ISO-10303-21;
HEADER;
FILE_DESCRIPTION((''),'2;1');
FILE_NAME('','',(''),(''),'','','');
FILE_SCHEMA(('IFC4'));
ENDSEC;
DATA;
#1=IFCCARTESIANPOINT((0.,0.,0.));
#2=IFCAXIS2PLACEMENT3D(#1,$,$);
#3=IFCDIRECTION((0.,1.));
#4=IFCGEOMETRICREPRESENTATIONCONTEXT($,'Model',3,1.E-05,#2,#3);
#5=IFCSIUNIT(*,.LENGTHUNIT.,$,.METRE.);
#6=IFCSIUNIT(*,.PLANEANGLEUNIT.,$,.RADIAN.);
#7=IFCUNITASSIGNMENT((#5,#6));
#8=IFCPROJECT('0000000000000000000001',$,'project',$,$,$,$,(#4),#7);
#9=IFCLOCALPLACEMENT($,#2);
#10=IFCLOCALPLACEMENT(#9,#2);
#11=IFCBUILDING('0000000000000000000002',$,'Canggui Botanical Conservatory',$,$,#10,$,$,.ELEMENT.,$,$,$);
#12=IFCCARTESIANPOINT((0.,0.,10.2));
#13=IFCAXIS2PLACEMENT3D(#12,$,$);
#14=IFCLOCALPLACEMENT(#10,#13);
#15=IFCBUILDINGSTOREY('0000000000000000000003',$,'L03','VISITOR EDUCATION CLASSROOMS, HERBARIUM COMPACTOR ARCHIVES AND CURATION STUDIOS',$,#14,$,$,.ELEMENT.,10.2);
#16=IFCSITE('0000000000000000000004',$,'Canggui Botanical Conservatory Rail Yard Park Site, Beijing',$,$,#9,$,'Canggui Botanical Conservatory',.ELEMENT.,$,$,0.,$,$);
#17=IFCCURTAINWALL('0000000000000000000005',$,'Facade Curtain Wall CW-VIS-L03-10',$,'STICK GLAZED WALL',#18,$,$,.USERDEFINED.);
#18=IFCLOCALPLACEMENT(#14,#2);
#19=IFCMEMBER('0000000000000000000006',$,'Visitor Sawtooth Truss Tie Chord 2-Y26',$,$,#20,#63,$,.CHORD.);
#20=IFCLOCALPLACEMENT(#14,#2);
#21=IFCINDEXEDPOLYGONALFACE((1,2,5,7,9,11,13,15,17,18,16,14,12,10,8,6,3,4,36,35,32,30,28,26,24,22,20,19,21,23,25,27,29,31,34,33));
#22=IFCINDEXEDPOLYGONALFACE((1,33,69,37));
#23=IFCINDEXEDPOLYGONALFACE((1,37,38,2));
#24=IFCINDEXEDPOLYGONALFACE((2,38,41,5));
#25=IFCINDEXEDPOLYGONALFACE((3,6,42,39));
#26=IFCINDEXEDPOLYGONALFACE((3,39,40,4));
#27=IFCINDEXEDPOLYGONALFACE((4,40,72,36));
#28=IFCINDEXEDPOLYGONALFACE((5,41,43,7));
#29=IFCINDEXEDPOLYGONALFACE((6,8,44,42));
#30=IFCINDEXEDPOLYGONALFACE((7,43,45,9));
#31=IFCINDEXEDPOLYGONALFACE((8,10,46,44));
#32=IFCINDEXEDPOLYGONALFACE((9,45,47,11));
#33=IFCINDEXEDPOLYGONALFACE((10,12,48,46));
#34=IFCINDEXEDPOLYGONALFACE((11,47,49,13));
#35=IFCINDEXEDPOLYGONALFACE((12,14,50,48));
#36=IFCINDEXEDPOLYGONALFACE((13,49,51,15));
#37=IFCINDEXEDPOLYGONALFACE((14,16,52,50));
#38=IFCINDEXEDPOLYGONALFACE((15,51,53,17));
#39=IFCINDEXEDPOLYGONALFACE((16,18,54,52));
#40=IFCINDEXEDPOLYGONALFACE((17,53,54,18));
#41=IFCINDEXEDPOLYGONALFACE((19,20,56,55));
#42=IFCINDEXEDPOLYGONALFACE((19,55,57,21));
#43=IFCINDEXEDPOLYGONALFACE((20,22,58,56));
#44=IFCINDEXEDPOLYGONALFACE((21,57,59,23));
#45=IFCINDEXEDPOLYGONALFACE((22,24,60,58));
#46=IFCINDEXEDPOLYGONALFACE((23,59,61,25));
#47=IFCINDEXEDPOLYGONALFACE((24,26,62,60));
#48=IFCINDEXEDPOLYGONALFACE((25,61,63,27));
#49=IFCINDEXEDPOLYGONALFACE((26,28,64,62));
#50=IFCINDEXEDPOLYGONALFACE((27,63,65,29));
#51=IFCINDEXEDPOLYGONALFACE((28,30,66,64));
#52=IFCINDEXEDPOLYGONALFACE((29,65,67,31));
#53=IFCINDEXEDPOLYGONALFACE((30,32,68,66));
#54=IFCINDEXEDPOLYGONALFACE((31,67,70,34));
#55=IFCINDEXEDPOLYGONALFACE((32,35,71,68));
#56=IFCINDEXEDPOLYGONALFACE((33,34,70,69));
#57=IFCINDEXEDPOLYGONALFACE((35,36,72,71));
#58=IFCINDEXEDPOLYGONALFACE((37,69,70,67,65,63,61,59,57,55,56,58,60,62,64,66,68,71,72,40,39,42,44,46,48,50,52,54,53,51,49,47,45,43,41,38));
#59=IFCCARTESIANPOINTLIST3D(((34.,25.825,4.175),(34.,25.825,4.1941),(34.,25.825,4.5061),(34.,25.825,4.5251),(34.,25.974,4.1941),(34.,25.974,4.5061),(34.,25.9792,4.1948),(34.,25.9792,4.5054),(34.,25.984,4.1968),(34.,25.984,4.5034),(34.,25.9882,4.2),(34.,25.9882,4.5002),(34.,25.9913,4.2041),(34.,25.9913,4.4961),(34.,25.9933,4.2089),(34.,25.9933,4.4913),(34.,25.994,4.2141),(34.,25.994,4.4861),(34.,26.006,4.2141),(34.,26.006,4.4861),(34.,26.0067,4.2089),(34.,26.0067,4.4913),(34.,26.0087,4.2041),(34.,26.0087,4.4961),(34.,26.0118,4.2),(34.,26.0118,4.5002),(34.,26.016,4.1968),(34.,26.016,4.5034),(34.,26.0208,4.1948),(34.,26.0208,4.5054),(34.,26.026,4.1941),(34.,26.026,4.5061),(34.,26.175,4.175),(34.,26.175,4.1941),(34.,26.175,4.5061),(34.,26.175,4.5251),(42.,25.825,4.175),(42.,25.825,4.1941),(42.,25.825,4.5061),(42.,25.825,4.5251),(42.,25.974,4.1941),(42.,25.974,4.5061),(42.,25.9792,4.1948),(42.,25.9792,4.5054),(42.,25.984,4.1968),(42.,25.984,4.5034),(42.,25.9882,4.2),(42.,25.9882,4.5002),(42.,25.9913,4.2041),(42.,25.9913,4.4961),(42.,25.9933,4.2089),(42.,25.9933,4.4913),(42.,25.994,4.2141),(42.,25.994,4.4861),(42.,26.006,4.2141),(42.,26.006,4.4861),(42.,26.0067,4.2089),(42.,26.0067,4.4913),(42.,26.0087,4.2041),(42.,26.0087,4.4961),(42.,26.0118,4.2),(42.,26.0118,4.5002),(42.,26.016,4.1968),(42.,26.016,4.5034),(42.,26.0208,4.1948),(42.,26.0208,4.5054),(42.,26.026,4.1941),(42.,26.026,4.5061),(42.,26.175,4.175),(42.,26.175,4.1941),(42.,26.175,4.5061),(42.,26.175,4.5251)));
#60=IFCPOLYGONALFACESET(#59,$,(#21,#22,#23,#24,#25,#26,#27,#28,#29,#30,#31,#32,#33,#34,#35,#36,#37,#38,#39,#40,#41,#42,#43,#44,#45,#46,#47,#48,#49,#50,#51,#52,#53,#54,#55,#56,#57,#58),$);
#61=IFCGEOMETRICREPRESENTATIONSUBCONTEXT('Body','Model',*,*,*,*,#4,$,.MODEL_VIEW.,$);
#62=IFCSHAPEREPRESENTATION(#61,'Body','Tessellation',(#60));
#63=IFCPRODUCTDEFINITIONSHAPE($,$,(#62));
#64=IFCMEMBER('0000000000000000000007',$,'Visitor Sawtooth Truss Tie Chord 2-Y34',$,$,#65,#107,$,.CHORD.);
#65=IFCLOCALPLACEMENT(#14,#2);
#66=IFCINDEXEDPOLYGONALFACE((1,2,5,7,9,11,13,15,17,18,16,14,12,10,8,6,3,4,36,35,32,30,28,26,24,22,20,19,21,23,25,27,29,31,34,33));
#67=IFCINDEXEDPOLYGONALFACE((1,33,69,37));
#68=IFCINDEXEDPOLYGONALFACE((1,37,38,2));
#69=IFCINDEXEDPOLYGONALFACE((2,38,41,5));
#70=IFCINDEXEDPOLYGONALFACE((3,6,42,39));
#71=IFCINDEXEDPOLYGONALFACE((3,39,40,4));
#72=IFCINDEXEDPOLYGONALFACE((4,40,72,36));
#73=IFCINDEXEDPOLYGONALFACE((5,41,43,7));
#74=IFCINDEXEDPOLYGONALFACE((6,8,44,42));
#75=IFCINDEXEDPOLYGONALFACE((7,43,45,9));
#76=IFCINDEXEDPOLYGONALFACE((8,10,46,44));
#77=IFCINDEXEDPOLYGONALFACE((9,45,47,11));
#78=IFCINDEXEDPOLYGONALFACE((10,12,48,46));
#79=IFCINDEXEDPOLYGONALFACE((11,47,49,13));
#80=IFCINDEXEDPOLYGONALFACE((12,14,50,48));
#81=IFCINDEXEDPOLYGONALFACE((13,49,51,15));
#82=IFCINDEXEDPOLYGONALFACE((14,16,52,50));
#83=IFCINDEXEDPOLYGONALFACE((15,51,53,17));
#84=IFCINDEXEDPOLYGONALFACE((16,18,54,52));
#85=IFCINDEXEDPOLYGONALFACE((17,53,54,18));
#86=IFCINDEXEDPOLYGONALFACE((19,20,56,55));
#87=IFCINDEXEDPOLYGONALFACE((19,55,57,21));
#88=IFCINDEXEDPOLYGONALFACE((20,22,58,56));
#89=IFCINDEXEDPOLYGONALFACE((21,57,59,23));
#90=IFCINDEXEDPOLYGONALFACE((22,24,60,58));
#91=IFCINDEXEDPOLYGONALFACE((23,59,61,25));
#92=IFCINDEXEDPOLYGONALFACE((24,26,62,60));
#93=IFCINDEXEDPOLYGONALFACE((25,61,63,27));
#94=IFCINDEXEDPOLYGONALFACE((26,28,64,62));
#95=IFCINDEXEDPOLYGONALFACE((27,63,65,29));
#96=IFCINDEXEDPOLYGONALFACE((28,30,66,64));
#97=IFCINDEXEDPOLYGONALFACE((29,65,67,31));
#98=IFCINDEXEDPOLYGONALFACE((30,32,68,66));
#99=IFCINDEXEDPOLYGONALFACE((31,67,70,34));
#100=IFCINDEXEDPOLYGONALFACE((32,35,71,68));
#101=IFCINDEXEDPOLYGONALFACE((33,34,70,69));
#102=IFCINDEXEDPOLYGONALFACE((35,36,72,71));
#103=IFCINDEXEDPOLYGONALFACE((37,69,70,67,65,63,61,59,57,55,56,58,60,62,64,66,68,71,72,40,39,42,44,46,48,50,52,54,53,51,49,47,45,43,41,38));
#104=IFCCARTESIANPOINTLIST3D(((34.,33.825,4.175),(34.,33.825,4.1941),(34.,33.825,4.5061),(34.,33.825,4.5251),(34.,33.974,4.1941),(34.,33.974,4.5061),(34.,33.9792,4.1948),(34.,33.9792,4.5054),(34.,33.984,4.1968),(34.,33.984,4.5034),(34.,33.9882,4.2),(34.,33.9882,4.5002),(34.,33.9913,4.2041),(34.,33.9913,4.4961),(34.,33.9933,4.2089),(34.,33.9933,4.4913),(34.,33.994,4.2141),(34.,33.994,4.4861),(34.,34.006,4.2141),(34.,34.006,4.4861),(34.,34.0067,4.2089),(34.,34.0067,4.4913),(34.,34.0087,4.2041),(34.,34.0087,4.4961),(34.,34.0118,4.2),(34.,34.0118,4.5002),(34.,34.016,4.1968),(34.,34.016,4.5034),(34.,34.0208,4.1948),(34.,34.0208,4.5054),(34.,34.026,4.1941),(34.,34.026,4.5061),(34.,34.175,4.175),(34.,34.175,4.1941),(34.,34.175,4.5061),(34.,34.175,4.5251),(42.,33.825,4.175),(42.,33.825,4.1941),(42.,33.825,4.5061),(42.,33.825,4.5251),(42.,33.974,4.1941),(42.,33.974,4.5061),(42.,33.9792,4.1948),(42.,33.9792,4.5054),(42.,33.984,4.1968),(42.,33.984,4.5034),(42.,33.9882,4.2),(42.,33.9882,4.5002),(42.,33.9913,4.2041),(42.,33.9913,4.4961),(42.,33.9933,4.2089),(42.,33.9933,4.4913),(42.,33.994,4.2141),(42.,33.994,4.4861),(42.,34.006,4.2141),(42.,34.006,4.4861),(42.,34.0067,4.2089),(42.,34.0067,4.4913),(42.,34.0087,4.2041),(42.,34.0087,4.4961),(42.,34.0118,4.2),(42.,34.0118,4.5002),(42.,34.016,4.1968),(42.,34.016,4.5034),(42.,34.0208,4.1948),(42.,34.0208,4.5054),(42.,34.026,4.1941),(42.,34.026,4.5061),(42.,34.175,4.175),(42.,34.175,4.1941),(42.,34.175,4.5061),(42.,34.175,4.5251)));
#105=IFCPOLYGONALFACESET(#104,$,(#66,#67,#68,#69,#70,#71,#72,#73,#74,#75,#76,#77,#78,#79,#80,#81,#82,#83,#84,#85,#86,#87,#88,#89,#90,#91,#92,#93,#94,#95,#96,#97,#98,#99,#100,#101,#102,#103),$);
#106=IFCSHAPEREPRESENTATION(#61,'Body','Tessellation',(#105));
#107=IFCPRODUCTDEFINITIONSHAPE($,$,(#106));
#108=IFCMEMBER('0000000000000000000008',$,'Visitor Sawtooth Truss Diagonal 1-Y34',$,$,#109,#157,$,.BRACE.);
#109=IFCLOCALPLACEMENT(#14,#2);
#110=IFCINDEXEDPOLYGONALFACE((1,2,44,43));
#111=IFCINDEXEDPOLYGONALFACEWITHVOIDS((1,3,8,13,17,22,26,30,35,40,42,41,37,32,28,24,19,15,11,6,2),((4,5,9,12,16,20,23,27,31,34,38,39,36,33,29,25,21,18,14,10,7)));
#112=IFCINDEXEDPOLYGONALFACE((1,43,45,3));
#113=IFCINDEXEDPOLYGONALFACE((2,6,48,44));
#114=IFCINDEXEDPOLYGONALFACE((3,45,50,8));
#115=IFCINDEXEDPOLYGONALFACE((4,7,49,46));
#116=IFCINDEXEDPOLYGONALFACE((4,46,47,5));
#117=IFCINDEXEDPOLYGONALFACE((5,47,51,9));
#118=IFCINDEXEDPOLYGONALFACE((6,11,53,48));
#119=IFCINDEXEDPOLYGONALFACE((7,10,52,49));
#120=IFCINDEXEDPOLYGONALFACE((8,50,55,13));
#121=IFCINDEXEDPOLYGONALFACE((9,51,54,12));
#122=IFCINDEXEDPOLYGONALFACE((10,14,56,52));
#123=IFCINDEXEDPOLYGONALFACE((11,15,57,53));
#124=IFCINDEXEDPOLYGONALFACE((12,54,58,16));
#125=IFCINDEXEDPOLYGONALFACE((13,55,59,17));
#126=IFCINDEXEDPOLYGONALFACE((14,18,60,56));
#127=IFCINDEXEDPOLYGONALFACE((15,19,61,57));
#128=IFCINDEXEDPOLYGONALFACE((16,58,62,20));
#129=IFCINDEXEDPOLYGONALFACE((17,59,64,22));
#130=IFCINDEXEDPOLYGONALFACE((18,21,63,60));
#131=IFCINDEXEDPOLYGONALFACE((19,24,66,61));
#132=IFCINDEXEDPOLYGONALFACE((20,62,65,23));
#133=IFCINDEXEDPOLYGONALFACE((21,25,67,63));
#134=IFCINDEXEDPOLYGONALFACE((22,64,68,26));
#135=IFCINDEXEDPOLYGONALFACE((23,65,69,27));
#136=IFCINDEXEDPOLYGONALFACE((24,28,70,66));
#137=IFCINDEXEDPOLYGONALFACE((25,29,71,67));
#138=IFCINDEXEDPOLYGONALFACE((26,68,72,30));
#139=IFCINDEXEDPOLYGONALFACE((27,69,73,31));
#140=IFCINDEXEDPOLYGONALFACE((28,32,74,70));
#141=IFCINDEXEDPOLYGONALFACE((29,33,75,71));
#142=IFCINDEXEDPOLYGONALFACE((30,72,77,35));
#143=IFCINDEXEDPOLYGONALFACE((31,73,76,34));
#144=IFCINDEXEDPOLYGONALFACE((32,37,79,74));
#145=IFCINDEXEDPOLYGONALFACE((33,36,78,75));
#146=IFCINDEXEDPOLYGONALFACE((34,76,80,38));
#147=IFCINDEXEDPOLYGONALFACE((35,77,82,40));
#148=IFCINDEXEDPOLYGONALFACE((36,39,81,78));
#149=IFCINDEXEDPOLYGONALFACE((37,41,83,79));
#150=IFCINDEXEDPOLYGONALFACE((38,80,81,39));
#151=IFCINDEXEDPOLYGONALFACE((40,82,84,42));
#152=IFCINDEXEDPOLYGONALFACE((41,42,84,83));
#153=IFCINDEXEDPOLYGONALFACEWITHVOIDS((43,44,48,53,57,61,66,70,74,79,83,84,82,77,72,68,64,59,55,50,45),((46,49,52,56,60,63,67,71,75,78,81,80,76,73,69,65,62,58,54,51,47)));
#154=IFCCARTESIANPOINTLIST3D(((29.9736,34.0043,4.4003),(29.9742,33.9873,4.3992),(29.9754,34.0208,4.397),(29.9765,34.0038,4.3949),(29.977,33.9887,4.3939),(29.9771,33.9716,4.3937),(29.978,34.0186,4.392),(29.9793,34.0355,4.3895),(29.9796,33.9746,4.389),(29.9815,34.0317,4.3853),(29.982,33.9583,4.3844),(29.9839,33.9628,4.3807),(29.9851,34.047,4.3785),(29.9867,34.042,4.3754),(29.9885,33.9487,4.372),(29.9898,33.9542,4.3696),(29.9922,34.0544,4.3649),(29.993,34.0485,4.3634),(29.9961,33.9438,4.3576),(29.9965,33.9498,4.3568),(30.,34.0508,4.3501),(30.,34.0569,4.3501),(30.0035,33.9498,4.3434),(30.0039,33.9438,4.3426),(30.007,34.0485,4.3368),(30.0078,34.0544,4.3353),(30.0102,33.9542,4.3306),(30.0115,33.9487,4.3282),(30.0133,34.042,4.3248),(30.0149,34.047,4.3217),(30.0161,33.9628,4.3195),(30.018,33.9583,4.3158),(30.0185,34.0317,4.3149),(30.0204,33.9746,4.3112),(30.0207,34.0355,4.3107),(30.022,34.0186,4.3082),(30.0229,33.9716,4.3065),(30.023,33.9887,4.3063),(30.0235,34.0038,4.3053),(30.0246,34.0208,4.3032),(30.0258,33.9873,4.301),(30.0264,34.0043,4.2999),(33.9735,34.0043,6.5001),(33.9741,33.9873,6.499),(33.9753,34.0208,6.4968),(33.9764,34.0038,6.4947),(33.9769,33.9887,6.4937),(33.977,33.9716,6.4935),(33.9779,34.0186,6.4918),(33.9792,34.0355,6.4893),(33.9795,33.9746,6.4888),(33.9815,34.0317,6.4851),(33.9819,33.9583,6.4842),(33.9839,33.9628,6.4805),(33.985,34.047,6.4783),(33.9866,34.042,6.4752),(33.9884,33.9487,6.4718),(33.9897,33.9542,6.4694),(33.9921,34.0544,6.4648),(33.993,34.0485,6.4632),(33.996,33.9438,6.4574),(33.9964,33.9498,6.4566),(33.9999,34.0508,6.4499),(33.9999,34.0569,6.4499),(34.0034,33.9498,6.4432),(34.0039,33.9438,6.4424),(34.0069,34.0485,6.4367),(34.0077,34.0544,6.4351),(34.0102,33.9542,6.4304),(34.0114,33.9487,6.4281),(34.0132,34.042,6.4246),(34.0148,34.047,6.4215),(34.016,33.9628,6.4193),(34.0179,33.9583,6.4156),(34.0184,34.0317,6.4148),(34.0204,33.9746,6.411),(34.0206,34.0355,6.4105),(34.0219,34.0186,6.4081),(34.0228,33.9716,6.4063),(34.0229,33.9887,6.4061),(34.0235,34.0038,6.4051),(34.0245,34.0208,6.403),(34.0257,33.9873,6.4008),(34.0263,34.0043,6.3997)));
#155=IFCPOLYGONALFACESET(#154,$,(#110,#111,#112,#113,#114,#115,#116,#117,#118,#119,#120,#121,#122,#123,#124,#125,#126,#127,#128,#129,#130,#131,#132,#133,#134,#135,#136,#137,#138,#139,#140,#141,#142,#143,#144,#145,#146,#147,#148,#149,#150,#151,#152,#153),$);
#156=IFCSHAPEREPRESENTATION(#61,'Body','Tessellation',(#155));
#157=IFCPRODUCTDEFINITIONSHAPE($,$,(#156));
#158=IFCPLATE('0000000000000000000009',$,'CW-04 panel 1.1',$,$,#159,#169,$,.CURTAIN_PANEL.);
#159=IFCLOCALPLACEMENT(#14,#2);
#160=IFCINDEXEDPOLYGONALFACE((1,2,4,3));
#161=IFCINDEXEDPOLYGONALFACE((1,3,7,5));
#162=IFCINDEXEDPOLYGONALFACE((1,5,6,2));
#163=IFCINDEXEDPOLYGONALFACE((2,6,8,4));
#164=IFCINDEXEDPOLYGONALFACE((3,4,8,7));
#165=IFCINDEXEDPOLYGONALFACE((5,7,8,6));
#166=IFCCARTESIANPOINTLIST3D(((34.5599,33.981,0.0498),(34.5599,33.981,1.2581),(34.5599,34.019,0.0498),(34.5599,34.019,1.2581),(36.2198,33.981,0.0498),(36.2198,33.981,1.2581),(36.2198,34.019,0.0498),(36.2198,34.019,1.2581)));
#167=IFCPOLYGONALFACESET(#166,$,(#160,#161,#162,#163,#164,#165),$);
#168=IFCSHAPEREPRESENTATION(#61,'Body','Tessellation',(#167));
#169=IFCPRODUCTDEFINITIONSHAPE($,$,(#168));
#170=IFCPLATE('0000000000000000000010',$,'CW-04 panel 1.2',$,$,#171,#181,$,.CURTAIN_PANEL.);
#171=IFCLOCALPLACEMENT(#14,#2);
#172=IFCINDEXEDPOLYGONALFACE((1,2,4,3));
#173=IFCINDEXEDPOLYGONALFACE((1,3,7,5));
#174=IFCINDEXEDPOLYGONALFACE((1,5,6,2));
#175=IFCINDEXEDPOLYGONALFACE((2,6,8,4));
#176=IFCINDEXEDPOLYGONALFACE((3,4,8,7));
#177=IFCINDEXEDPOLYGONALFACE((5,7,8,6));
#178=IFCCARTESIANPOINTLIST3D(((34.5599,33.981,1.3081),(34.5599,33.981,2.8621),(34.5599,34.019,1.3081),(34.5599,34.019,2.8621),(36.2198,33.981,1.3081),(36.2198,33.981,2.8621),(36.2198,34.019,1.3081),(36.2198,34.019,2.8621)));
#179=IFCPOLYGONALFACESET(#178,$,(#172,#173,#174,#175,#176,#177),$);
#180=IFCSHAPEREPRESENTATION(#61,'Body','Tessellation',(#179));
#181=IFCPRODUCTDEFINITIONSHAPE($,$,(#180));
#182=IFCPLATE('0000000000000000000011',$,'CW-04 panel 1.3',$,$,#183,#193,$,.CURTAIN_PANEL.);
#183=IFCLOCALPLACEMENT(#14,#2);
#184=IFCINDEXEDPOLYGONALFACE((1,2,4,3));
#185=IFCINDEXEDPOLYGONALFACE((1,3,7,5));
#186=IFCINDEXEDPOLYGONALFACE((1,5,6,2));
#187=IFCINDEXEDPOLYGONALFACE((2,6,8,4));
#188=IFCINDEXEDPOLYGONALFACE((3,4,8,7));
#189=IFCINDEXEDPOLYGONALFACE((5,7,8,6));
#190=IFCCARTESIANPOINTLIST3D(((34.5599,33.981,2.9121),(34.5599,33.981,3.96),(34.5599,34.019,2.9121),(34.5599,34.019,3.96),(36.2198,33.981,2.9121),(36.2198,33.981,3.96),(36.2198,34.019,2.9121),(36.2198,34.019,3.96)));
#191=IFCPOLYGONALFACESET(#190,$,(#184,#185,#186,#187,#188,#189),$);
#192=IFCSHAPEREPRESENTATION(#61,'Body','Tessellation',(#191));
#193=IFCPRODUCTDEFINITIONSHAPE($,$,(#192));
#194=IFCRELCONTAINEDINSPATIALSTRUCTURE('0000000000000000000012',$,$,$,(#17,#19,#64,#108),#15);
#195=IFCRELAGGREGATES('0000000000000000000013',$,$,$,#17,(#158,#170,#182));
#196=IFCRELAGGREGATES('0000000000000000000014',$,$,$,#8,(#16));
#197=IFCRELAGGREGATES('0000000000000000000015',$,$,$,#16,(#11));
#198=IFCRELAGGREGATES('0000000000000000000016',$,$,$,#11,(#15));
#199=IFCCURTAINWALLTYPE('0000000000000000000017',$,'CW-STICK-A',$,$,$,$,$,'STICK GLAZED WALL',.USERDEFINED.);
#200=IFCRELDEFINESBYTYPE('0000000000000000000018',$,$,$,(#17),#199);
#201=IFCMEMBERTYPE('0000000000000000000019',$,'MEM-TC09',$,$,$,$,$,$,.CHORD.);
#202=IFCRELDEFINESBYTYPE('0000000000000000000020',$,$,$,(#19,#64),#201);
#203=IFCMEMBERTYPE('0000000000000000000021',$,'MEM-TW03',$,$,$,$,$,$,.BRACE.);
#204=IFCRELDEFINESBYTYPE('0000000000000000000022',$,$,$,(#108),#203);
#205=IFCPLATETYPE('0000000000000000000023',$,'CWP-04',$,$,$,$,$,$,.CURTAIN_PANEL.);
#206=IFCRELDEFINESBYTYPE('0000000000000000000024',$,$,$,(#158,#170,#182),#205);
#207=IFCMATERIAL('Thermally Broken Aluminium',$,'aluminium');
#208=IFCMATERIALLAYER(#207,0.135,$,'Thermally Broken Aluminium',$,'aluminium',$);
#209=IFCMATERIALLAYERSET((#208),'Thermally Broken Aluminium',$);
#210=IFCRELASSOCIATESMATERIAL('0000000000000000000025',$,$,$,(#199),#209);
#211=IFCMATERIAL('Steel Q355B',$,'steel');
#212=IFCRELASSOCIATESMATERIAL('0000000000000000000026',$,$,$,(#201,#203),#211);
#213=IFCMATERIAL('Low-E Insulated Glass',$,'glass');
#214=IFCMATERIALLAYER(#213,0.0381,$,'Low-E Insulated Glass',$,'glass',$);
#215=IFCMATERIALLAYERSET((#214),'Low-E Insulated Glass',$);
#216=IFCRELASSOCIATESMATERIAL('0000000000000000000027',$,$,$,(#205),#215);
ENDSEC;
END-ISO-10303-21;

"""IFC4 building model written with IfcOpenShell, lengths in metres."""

from ifc_helpers import new_model, si_unit, direction, frame, origin, origin_2d, place, context, subcontext, project, spatial, rectangle, hollow_circle, i_section, extrude, material, layer, layer_set, material_profile, profile_set, type_object, element, aggregate, save


model = new_model("IFC4")

# Units and contexts
model_context = context("Model", 3, precision=1e-05, world=origin(), true_north=direction((0.0, 1.0)))
body_context = subcontext(model_context, "Body", "Model", "MODEL_VIEW")
ifc_project = project(units=[si_unit("LENGTHUNIT", "METRE"), si_unit("PLANEANGLEUNIT", "RADIAN")], contexts=[model_context])

# Site, building, storey
site_placement = place(None, origin())
site = spatial("IfcSite", under=ifc_project, at=site_placement, Name="Canggui Botanical Conservatory Rail Yard Park Site, Beijing", LongName="Canggui Botanical Conservatory", CompositionType="ELEMENT", RefElevation=0.0)
building_placement = place(site_placement, origin())
building = spatial("IfcBuilding", under=site, at=building_placement, Name="Canggui Botanical Conservatory", CompositionType="ELEMENT")
storey_placement = place(building_placement, frame((0.0, 0.0, 10.2)))
storey = spatial("IfcBuildingStorey", under=building, at=storey_placement, Name="L03", Description="VISITOR EDUCATION CLASSROOMS, HERBARIUM COMPACTOR ARCHIVES AND CURATION STUDIOS", CompositionType="ELEMENT", Elevation=10.2)

# Shared definitions
ifc_material_1 = material(Name="Steel Q355B", Category="steel")

# Curtain wall
ifc_material_2 = material(Name="Thermally Broken Aluminium", Category="aluminium")
ifc_layer_1 = layer(ifc_material_2, 0.135, Name="Thermally Broken Aluminium", Category="aluminium")
ifc_layer_set_1 = layer_set([ifc_layer_1], Name="Thermally Broken Aluminium")
curtain_wall_type = type_object("IfcCurtainWallType", Name="CW-STICK-A", ElementType="STICK GLAZED WALL", PredefinedType="USERDEFINED", material=ifc_layer_set_1)
curtain_wall_placement = place(storey_placement, origin())
curtain_wall = element("IfcCurtainWall", 1, at=curtain_wall_placement, inside=storey, type_object=curtain_wall_type, Name="Facade Curtain Wall CW-VIS-L03-10", ObjectType="STICK GLAZED WALL", PredefinedType="USERDEFINED")

# Members
ifc_material_profile_1 = material_profile(ifc_material_1, i_section(OverallWidth=0.3501, OverallDepth=0.3501, WebThickness=0.012, FlangeThickness=0.019, FilletRadius=0.02, at=origin_2d()), Name="HW 350x350x12x19")
ifc_profile_set_1 = profile_set([ifc_material_profile_1], Name="Steel Q355B")
member_type_1 = type_object("IfcMemberType", Name="MEM-TC09", PredefinedType="CHORD", material=ifc_profile_set_1)
for number, where, z_axis, x_axis, name in (
    (2, (34.0, 26.0, 4.3501), (1.0, 0.0, 0.0), (0.0, 1.0, 0.0), "Visitor Sawtooth Truss Tie Chord 2-Y26"),
    (3, (34.0, 34.0, 4.3501), (1.0, 0.0, 0.0), (0.0, 1.0, 0.0), "Visitor Sawtooth Truss Tie Chord 2-Y34"),
):
    element("IfcMember", number, at=place(storey_placement, frame(where, z_axis=z_axis, x_axis=x_axis)), inside=storey, type_object=member_type_1, Name=name, PredefinedType="CHORD", context=body_context, shape_type="SweptSolid", body=[
        extrude(i_section(OverallWidth=0.3501, OverallDepth=0.3501, WebThickness=0.012, FlangeThickness=0.019, FilletRadius=0.02, at=origin_2d()), origin(), (0.0, 0.0, 1.0), 8.0),
    ])
ifc_material_profile_2 = material_profile(ifc_material_1, hollow_circle(Radius=0.0569, WallThickness=0.0061, at=origin_2d()), Name="CHS 114x6")
ifc_profile_set_2 = profile_set([ifc_material_profile_2], Name="Steel Q355B")
member_type_2 = type_object("IfcMemberType", Name="MEM-TW03", PredefinedType="BRACE", material=ifc_profile_set_2)
member_1_placement = place(storey_placement, frame((30.0, 34.0, 4.3501), z_axis=(0.885411, 0.0, 0.464808), x_axis=(0.0, 1.0, 0.0)))
element("IfcMember", 4, at=member_1_placement, inside=storey, type_object=member_type_2, Name="Visitor Sawtooth Truss Diagonal 1-Y34", PredefinedType="BRACE", context=body_context, shape_type="SweptSolid", body=[
    extrude(hollow_circle(Radius=0.0569, WallThickness=0.0061, at=origin_2d()), origin(), (0.0, 0.0, 1.0), 4.5176),
])

# Plates
ifc_material_3 = material(Name="Low-E Insulated Glass", Category="glass")
ifc_layer_2 = layer(ifc_material_3, 0.0381, Name="Low-E Insulated Glass", Category="glass")
ifc_layer_set_2 = layer_set([ifc_layer_2], Name="Low-E Insulated Glass")
plate_type_1 = type_object("IfcPlateType", Name="CWP-04", PredefinedType="CURTAIN_PANEL", material=ifc_layer_set_2)
plate_1_placement = place(storey_placement, frame((35.3899, 34.0, 0.0498), z_axis=(0.0, 0.0, 1.0), x_axis=(1.0, 0.0, 0.0)))
plate_1 = element("IfcPlate", 5, at=plate_1_placement, type_object=plate_type_1, Name="CW-04 panel 1.1", PredefinedType="CURTAIN_PANEL", context=body_context, shape_type="SweptSolid", body=[
    extrude(rectangle(XDim=1.6599, YDim=0.0381, at=origin_2d()), origin(), (0.0, 0.0, 1.0), 1.2083),
])
plate_2_placement = place(storey_placement, frame((35.3899, 34.0, 1.3081), z_axis=(0.0, 0.0, 1.0), x_axis=(1.0, 0.0, 0.0)))
plate_2 = element("IfcPlate", 6, at=plate_2_placement, type_object=plate_type_1, Name="CW-04 panel 1.2", PredefinedType="CURTAIN_PANEL", context=body_context, shape_type="SweptSolid", body=[
    extrude(rectangle(XDim=1.6599, YDim=0.0381, at=origin_2d()), origin(), (0.0, 0.0, 1.0), 1.554),
])
plate_3_placement = place(storey_placement, frame((35.3899, 34.0, 2.9121), z_axis=(0.0, 0.0, 1.0), x_axis=(1.0, 0.0, 0.0)))
plate_3 = element("IfcPlate", 7, at=plate_3_placement, type_object=plate_type_1, Name="CW-04 panel 1.3", PredefinedType="CURTAIN_PANEL", context=body_context, shape_type="SweptSolid", body=[
    extrude(rectangle(XDim=1.6599, YDim=0.0381, at=origin_2d()), origin(), (0.0, 0.0, 1.0), 1.0479),
])
aggregate(curtain_wall, [plate_1, plate_2, plate_3])

save(model, "model.ifc")
